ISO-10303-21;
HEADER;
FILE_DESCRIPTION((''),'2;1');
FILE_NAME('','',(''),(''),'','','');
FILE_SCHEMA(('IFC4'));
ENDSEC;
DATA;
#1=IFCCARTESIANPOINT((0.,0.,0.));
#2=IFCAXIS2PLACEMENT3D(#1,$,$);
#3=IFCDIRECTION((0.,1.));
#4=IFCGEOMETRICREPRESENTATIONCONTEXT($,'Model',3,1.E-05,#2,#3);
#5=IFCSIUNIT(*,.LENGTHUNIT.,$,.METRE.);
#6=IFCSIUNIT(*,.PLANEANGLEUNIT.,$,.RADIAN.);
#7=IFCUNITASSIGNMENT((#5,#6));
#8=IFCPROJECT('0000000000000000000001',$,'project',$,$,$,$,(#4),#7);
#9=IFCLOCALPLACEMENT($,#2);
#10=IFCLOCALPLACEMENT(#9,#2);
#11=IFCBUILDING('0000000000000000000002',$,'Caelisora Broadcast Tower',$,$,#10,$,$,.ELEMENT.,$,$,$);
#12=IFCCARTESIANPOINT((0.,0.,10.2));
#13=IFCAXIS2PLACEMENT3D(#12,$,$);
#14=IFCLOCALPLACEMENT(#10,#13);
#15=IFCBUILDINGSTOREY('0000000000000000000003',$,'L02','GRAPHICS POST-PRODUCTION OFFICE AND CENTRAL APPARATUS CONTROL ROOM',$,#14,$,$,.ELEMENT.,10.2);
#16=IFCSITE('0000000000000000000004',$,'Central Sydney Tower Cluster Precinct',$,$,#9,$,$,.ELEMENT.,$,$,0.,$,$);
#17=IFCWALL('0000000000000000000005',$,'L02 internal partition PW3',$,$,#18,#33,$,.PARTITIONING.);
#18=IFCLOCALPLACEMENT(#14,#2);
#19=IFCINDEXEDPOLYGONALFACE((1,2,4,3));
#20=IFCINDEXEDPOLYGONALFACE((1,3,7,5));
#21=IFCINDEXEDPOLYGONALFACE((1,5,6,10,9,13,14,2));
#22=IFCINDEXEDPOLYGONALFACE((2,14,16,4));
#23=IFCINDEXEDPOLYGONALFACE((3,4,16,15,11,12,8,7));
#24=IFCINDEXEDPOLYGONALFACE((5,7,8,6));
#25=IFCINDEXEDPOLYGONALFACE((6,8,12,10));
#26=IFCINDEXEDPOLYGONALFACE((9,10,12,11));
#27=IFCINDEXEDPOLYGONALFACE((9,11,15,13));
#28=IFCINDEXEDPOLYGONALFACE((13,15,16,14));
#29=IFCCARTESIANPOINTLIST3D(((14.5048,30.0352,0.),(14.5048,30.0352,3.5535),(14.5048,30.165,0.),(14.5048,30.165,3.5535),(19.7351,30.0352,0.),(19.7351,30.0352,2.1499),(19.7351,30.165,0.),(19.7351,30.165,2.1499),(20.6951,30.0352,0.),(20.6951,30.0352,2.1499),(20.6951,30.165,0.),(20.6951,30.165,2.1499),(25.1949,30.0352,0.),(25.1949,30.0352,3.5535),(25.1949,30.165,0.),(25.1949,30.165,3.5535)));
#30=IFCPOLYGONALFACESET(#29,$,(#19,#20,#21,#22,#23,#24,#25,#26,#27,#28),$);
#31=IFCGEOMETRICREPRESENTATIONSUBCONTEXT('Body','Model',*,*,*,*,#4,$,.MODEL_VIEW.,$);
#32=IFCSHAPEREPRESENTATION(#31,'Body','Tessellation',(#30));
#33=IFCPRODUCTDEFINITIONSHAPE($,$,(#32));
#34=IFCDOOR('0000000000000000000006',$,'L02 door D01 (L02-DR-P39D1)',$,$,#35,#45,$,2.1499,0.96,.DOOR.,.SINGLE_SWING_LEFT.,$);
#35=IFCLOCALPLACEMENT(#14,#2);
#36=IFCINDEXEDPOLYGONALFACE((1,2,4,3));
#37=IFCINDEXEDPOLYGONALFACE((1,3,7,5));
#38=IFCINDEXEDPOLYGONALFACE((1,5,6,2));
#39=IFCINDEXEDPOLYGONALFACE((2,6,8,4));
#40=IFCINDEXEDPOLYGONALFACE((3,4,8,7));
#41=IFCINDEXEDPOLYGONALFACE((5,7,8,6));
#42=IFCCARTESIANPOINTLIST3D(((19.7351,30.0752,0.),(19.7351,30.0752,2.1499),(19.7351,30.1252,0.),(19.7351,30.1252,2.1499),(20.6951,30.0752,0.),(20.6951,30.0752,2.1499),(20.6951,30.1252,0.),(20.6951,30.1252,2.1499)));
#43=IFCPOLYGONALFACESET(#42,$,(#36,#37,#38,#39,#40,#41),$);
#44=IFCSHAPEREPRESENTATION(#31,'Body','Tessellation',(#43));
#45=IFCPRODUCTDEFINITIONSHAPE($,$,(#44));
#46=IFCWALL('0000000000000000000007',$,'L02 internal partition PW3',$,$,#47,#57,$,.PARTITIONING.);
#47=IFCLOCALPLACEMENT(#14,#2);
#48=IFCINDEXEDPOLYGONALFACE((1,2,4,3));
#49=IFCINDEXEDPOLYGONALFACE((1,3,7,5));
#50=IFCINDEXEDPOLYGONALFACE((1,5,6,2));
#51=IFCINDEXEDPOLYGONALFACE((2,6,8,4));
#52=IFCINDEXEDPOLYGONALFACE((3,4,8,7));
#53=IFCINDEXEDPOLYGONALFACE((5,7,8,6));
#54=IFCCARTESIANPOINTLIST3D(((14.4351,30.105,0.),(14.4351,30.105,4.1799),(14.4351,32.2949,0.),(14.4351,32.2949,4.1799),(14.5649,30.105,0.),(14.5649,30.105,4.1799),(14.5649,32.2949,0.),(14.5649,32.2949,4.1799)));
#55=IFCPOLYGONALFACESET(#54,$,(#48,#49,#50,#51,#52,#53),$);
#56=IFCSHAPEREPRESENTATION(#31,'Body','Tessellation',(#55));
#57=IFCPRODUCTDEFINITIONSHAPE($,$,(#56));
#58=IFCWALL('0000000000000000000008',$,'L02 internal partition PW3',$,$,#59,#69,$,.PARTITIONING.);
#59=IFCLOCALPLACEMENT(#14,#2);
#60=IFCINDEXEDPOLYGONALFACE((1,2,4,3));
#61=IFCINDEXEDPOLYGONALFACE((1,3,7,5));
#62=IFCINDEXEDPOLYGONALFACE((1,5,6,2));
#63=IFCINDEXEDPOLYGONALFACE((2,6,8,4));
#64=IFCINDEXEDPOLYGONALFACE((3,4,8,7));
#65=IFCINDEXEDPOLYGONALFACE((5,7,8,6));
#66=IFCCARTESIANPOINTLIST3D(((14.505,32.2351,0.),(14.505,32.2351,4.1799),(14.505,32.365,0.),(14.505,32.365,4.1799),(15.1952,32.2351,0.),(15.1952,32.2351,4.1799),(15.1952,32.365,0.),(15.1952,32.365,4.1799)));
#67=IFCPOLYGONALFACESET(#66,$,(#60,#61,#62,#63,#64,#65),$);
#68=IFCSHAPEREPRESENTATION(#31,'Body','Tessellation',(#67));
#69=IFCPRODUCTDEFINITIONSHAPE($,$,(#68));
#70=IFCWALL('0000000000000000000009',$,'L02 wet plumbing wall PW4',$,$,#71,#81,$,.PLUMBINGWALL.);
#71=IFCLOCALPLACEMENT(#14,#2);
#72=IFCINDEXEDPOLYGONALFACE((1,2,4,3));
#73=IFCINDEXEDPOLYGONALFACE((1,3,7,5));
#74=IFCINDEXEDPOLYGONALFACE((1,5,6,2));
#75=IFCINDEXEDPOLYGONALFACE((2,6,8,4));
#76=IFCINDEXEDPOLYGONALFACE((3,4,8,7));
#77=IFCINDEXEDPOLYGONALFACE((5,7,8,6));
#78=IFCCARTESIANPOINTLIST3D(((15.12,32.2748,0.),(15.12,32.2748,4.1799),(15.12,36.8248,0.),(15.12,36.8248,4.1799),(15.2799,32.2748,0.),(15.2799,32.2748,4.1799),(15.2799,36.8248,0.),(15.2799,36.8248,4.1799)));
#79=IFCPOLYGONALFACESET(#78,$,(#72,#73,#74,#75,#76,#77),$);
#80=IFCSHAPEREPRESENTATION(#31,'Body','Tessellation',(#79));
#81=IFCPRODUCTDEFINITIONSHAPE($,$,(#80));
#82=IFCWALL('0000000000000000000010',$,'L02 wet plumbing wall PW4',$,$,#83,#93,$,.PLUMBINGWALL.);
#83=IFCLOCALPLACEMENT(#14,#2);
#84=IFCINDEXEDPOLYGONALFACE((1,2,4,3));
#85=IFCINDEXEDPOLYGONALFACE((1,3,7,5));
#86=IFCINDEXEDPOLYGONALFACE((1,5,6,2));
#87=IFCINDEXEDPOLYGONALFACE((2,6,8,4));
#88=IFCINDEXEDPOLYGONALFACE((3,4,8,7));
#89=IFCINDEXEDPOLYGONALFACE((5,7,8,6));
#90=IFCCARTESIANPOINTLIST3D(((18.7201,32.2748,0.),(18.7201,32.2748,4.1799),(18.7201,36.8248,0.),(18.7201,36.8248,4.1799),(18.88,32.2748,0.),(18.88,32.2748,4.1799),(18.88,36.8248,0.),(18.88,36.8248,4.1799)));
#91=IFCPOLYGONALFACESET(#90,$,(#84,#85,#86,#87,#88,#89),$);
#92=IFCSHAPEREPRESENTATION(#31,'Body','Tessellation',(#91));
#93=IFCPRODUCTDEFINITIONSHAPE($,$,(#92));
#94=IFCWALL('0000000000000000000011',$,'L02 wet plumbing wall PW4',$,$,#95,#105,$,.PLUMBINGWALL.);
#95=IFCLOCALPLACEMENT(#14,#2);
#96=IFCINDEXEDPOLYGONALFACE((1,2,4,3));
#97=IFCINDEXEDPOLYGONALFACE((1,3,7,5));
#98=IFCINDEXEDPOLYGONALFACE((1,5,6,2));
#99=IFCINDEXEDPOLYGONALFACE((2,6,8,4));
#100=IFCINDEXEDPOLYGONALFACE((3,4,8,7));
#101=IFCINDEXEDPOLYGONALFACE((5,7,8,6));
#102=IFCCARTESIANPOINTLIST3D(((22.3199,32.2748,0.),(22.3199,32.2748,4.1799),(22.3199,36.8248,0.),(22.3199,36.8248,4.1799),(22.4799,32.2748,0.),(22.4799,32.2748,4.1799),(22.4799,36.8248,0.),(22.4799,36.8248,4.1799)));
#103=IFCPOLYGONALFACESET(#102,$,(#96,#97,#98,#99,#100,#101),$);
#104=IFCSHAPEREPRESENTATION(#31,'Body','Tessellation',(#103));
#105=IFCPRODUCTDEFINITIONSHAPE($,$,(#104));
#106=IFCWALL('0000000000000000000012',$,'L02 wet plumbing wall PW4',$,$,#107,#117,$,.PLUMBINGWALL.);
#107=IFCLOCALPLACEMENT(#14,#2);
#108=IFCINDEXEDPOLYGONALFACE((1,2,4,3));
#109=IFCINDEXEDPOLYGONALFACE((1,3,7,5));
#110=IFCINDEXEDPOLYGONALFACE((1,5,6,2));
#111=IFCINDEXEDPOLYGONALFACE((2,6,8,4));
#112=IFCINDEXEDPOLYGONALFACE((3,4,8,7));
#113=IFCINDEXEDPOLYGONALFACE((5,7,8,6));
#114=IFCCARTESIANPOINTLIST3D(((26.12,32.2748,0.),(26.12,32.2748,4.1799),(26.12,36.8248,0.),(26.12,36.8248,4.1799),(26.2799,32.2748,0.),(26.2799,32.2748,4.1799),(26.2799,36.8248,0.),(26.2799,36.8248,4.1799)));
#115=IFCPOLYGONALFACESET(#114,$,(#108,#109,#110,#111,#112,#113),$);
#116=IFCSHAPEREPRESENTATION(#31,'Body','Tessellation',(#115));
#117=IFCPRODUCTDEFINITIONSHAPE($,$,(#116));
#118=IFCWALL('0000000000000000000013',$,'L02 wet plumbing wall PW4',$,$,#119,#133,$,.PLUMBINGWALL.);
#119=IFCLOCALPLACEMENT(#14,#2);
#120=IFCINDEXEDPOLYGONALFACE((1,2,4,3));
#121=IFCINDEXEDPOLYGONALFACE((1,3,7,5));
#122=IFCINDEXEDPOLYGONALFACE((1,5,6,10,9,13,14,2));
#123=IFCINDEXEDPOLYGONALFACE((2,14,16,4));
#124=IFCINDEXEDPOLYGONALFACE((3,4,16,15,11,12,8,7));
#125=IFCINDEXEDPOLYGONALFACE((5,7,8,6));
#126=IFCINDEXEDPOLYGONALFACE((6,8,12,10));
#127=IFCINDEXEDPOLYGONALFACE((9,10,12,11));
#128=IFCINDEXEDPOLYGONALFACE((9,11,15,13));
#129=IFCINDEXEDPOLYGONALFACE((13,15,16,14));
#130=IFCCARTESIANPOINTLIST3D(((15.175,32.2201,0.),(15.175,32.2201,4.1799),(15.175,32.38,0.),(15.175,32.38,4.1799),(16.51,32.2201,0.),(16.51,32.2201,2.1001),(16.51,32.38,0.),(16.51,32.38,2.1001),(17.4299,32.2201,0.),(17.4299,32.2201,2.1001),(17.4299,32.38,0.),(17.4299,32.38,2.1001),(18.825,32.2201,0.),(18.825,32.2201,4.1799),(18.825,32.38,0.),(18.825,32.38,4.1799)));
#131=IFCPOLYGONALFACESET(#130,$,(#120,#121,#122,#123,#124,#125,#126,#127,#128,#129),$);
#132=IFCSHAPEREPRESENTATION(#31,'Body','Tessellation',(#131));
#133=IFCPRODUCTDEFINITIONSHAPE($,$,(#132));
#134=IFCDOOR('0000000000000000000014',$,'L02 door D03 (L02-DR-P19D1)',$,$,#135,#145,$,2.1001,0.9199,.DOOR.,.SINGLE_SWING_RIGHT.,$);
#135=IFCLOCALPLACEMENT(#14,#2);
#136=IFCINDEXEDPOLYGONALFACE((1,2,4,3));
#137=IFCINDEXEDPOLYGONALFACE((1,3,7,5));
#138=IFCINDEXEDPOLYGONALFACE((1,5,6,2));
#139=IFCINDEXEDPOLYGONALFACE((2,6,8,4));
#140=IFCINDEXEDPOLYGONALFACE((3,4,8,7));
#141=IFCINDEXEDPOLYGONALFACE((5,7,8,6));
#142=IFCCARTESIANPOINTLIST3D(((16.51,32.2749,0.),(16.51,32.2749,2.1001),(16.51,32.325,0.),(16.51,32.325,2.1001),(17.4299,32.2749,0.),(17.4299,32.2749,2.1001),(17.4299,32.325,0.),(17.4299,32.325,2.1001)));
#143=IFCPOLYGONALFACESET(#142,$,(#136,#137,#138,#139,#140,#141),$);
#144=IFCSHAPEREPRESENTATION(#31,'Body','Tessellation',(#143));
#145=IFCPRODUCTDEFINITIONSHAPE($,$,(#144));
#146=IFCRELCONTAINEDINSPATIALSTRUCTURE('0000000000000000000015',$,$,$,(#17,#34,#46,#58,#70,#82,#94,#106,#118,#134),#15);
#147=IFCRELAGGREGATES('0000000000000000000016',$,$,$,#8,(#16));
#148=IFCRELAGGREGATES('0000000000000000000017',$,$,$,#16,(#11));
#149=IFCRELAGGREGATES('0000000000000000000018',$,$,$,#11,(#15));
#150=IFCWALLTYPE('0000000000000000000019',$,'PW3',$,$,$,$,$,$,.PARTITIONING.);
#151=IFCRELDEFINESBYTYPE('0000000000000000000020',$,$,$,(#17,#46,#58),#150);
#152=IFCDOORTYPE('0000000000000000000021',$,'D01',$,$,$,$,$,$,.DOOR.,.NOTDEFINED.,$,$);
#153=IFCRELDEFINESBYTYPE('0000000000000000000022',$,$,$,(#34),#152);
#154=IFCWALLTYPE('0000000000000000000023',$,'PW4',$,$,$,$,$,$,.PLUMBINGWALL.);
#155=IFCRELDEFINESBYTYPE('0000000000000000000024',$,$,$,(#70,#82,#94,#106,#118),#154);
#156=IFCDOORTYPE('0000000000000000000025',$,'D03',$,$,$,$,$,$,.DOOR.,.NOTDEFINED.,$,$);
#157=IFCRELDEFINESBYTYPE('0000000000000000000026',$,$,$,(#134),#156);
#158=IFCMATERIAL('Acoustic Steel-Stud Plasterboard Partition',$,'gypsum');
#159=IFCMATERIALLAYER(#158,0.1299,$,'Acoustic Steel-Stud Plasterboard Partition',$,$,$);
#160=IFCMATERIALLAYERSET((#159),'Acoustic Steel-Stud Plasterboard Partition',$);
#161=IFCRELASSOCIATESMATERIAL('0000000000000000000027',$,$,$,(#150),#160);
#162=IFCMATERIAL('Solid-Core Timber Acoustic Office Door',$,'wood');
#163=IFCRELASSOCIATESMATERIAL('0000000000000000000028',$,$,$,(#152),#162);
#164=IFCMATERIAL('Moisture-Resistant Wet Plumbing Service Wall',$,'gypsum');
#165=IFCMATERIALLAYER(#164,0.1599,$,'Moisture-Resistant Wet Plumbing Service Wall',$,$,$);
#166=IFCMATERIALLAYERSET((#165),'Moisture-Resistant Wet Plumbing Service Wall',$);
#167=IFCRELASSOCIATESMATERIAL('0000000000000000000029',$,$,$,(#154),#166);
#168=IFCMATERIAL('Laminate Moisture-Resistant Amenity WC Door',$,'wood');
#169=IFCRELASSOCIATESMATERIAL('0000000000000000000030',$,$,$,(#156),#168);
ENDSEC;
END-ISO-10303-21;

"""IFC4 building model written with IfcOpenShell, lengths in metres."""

from ifc_helpers import new_model, si_unit, direction, frame, frame_2d, origin, place, context, subcontext, project, spatial, rectangle, extrude, material, layer, layer_set, type_object, element, fill, save


model = new_model("IFC4")

# Units and contexts
model_context = context("Model", 3, precision=1e-05, world=origin(), true_north=direction((0.0, 1.0)))
body_context = subcontext(model_context, "Body", "Model", "MODEL_VIEW")
ifc_project = project(units=[si_unit("LENGTHUNIT", "METRE"), si_unit("PLANEANGLEUNIT", "RADIAN")], contexts=[model_context])

# Site, building, storey
site_placement = place(None, origin())
site = spatial("IfcSite", under=ifc_project, at=site_placement, Name="Central Sydney Tower Cluster Precinct", CompositionType="ELEMENT", RefElevation=0.0)
building_placement = place(site_placement, origin())
building = spatial("IfcBuilding", under=site, at=building_placement, Name="Caelisora Broadcast Tower", CompositionType="ELEMENT")
storey_placement = place(building_placement, frame((0.0, 0.0, 10.2)))
storey = spatial("IfcBuildingStorey", under=building, at=storey_placement, Name="L02", Description="GRAPHICS POST-PRODUCTION OFFICE AND CENTRAL APPARATUS CONTROL ROOM", CompositionType="ELEMENT", Elevation=10.2)

# Wall, opening, door
ifc_material_1 = material(Name="Acoustic Steel-Stud Plasterboard Partition", Category="gypsum")
ifc_layer_1 = layer(ifc_material_1, 0.1299, Name="Acoustic Steel-Stud Plasterboard Partition")
ifc_layer_set_1 = layer_set([ifc_layer_1], Name="Acoustic Steel-Stud Plasterboard Partition")
wall_type_1 = type_object("IfcWallType", Name="PW3", PredefinedType="PARTITIONING", material=ifc_layer_set_1)
wall_1_placement = place(storey_placement, frame((25.1951, 30.1001, 0.0), z_axis=(0.0, 0.0, 1.0), x_axis=(-1.0, 0.0, 0.0)))
wall_1 = element("IfcWall", 1, at=wall_1_placement, inside=storey, type_object=wall_type_1, Name="L02 internal partition PW3", PredefinedType="PARTITIONING", context=body_context, shape_type="SweptSolid", body=[
    extrude(rectangle(XDim=10.6902, YDim=0.1299, at=frame_2d((5.3452, 0.0))), origin(), (0.0, 0.0, 1.0), 3.5535),
])
opening_1_placement = place(wall_1_placement, frame((4.5, 0.0, 0.0)))
opening_1 = element("IfcOpeningElement", 2, at=opening_1_placement, cuts=wall_1, PredefinedType="OPENING", context=body_context, shape_type="SweptSolid", body=[
    extrude(rectangle(XDim=0.96, YDim=2.1499, at=frame_2d((0.48, 1.075))), frame((0.0, 0.0769, 0.0), z_axis=(0.0, -1.0, 0.0), x_axis=(1.0, 0.0, 0.0)), (0.0, 0.0, 1.0), 0.1538),
])
ifc_material_2 = material(Name="Solid-Core Timber Acoustic Office Door", Category="wood")
door_type_1 = type_object("IfcDoorType", Name="D01", OperationType="NOTDEFINED", PredefinedType="DOOR", material=ifc_material_2)
door_1_placement = place(opening_1_placement, origin())
door_1 = element("IfcDoor", 3, at=door_1_placement, inside=storey, type_object=door_type_1, Name="L02 door D01 (L02-DR-P39D1)", OperationType="SINGLE_SWING_LEFT", OverallHeight=2.1499, OverallWidth=0.96, PredefinedType="DOOR", context=body_context, shape_type="SweptSolid", body=[
    extrude(rectangle(XDim=0.96, YDim=2.1499, at=frame_2d((0.48, 1.075))), frame((0.0, 0.0249, 0.0), z_axis=(0.0, -1.0, 0.0), x_axis=(1.0, 0.0, 0.0)), (0.0, 0.0, 1.0), 0.05),
])
fill(opening_1, door_1)

# Walls
wall_2_placement = place(storey_placement, frame((14.5, 30.105, 0.0), z_axis=(0.0, 0.0, 1.0), x_axis=(0.0, 1.0, 0.0)))
element("IfcWall", 4, at=wall_2_placement, inside=storey, type_object=wall_type_1, Name="L02 internal partition PW3", PredefinedType="PARTITIONING", context=body_context, shape_type="SweptSolid", body=[
    extrude(rectangle(XDim=2.1899, YDim=0.1299, at=frame_2d((1.095, 0.0))), origin(), (0.0, 0.0, 1.0), 4.1799),
])
wall_3_placement = place(storey_placement, frame((14.5049, 32.3, 0.0), z_axis=(0.0, 0.0, 1.0), x_axis=(1.0, 0.0, 0.0)))
element("IfcWall", 5, at=wall_3_placement, inside=storey, type_object=wall_type_1, Name="L02 internal partition PW3", PredefinedType="PARTITIONING", context=body_context, shape_type="SweptSolid", body=[
    extrude(rectangle(XDim=0.6902, YDim=0.1299, at=frame_2d((0.3452, 0.0))), origin(), (0.0, 0.0, 1.0), 4.1799),
])
ifc_material_3 = material(Name="Moisture-Resistant Wet Plumbing Service Wall", Category="gypsum")
ifc_layer_2 = layer(ifc_material_3, 0.1599, Name="Moisture-Resistant Wet Plumbing Service Wall")
ifc_layer_set_2 = layer_set([ifc_layer_2], Name="Moisture-Resistant Wet Plumbing Service Wall")
wall_type_2 = type_object("IfcWallType", Name="PW4", PredefinedType="PLUMBINGWALL", material=ifc_layer_set_2)
for number, where, z_axis, x_axis, name in (
    (6, (15.2, 32.2749, 0.0), (0.0, 0.0, 1.0), (0.0, 1.0, 0.0), "L02 wet plumbing wall PW4"),
    (7, (18.8, 32.2749, 0.0), (0.0, 0.0, 1.0), (0.0, 1.0, 0.0), "L02 wet plumbing wall PW4"),
    (8, (22.3999, 32.2749, 0.0), (0.0, 0.0, 1.0), (0.0, 1.0, 0.0), "L02 wet plumbing wall PW4"),
    (9, (26.2, 32.2749, 0.0), (0.0, 0.0, 1.0), (0.0, 1.0, 0.0), "L02 wet plumbing wall PW4"),
):
    element("IfcWall", number, at=place(storey_placement, frame(where, z_axis=z_axis, x_axis=x_axis)), inside=storey, type_object=wall_type_2, Name=name, PredefinedType="PLUMBINGWALL", context=body_context, shape_type="SweptSolid", body=[
        extrude(rectangle(XDim=4.55, YDim=0.1599, at=frame_2d((2.2749, 0.0))), origin(), (0.0, 0.0, 1.0), 4.1799),
    ])

# Wall, opening, door
wall_4_placement = place(storey_placement, frame((15.175, 32.3, 0.0), z_axis=(0.0, 0.0, 1.0), x_axis=(1.0, 0.0, 0.0)))
wall_4 = element("IfcWall", 10, at=wall_4_placement, inside=storey, type_object=wall_type_2, Name="L02 wet plumbing wall PW4", PredefinedType="PLUMBINGWALL", context=body_context, shape_type="SweptSolid", body=[
    extrude(rectangle(XDim=3.6499, YDim=0.1599, at=frame_2d((1.825, 0.0))), origin(), (0.0, 0.0, 1.0), 4.1799),
])
opening_2_placement = place(wall_4_placement, frame((1.335, 0.0, 0.0)))
opening_2 = element("IfcOpeningElement", 11, at=opening_2_placement, cuts=wall_4, PredefinedType="OPENING", context=body_context, shape_type="SweptSolid", body=[
    extrude(rectangle(XDim=0.9199, YDim=2.1001, at=frame_2d((0.46, 1.05))), frame((0.0, 0.092, 0.0), z_axis=(0.0, -1.0, 0.0), x_axis=(1.0, 0.0, 0.0)), (0.0, 0.0, 1.0), 0.1838),
])
ifc_material_4 = material(Name="Laminate Moisture-Resistant Amenity WC Door", Category="wood")
door_type_2 = type_object("IfcDoorType", Name="D03", OperationType="NOTDEFINED", PredefinedType="DOOR", material=ifc_material_4)
door_2_placement = place(opening_2_placement, origin())
door_2 = element("IfcDoor", 12, at=door_2_placement, inside=storey, type_object=door_type_2, Name="L02 door D03 (L02-DR-P19D1)", OperationType="SINGLE_SWING_RIGHT", OverallHeight=2.1001, OverallWidth=0.9199, PredefinedType="DOOR", context=body_context, shape_type="SweptSolid", body=[
    extrude(rectangle(XDim=0.9199, YDim=2.1001, at=frame_2d((0.46, 1.05))), frame((0.0, 0.0249, 0.0), z_axis=(0.0, -1.0, 0.0), x_axis=(1.0, 0.0, 0.0)), (0.0, 0.0, 1.0), 0.05),
])
fill(opening_2, door_2)

save(model, "model.ifc")
